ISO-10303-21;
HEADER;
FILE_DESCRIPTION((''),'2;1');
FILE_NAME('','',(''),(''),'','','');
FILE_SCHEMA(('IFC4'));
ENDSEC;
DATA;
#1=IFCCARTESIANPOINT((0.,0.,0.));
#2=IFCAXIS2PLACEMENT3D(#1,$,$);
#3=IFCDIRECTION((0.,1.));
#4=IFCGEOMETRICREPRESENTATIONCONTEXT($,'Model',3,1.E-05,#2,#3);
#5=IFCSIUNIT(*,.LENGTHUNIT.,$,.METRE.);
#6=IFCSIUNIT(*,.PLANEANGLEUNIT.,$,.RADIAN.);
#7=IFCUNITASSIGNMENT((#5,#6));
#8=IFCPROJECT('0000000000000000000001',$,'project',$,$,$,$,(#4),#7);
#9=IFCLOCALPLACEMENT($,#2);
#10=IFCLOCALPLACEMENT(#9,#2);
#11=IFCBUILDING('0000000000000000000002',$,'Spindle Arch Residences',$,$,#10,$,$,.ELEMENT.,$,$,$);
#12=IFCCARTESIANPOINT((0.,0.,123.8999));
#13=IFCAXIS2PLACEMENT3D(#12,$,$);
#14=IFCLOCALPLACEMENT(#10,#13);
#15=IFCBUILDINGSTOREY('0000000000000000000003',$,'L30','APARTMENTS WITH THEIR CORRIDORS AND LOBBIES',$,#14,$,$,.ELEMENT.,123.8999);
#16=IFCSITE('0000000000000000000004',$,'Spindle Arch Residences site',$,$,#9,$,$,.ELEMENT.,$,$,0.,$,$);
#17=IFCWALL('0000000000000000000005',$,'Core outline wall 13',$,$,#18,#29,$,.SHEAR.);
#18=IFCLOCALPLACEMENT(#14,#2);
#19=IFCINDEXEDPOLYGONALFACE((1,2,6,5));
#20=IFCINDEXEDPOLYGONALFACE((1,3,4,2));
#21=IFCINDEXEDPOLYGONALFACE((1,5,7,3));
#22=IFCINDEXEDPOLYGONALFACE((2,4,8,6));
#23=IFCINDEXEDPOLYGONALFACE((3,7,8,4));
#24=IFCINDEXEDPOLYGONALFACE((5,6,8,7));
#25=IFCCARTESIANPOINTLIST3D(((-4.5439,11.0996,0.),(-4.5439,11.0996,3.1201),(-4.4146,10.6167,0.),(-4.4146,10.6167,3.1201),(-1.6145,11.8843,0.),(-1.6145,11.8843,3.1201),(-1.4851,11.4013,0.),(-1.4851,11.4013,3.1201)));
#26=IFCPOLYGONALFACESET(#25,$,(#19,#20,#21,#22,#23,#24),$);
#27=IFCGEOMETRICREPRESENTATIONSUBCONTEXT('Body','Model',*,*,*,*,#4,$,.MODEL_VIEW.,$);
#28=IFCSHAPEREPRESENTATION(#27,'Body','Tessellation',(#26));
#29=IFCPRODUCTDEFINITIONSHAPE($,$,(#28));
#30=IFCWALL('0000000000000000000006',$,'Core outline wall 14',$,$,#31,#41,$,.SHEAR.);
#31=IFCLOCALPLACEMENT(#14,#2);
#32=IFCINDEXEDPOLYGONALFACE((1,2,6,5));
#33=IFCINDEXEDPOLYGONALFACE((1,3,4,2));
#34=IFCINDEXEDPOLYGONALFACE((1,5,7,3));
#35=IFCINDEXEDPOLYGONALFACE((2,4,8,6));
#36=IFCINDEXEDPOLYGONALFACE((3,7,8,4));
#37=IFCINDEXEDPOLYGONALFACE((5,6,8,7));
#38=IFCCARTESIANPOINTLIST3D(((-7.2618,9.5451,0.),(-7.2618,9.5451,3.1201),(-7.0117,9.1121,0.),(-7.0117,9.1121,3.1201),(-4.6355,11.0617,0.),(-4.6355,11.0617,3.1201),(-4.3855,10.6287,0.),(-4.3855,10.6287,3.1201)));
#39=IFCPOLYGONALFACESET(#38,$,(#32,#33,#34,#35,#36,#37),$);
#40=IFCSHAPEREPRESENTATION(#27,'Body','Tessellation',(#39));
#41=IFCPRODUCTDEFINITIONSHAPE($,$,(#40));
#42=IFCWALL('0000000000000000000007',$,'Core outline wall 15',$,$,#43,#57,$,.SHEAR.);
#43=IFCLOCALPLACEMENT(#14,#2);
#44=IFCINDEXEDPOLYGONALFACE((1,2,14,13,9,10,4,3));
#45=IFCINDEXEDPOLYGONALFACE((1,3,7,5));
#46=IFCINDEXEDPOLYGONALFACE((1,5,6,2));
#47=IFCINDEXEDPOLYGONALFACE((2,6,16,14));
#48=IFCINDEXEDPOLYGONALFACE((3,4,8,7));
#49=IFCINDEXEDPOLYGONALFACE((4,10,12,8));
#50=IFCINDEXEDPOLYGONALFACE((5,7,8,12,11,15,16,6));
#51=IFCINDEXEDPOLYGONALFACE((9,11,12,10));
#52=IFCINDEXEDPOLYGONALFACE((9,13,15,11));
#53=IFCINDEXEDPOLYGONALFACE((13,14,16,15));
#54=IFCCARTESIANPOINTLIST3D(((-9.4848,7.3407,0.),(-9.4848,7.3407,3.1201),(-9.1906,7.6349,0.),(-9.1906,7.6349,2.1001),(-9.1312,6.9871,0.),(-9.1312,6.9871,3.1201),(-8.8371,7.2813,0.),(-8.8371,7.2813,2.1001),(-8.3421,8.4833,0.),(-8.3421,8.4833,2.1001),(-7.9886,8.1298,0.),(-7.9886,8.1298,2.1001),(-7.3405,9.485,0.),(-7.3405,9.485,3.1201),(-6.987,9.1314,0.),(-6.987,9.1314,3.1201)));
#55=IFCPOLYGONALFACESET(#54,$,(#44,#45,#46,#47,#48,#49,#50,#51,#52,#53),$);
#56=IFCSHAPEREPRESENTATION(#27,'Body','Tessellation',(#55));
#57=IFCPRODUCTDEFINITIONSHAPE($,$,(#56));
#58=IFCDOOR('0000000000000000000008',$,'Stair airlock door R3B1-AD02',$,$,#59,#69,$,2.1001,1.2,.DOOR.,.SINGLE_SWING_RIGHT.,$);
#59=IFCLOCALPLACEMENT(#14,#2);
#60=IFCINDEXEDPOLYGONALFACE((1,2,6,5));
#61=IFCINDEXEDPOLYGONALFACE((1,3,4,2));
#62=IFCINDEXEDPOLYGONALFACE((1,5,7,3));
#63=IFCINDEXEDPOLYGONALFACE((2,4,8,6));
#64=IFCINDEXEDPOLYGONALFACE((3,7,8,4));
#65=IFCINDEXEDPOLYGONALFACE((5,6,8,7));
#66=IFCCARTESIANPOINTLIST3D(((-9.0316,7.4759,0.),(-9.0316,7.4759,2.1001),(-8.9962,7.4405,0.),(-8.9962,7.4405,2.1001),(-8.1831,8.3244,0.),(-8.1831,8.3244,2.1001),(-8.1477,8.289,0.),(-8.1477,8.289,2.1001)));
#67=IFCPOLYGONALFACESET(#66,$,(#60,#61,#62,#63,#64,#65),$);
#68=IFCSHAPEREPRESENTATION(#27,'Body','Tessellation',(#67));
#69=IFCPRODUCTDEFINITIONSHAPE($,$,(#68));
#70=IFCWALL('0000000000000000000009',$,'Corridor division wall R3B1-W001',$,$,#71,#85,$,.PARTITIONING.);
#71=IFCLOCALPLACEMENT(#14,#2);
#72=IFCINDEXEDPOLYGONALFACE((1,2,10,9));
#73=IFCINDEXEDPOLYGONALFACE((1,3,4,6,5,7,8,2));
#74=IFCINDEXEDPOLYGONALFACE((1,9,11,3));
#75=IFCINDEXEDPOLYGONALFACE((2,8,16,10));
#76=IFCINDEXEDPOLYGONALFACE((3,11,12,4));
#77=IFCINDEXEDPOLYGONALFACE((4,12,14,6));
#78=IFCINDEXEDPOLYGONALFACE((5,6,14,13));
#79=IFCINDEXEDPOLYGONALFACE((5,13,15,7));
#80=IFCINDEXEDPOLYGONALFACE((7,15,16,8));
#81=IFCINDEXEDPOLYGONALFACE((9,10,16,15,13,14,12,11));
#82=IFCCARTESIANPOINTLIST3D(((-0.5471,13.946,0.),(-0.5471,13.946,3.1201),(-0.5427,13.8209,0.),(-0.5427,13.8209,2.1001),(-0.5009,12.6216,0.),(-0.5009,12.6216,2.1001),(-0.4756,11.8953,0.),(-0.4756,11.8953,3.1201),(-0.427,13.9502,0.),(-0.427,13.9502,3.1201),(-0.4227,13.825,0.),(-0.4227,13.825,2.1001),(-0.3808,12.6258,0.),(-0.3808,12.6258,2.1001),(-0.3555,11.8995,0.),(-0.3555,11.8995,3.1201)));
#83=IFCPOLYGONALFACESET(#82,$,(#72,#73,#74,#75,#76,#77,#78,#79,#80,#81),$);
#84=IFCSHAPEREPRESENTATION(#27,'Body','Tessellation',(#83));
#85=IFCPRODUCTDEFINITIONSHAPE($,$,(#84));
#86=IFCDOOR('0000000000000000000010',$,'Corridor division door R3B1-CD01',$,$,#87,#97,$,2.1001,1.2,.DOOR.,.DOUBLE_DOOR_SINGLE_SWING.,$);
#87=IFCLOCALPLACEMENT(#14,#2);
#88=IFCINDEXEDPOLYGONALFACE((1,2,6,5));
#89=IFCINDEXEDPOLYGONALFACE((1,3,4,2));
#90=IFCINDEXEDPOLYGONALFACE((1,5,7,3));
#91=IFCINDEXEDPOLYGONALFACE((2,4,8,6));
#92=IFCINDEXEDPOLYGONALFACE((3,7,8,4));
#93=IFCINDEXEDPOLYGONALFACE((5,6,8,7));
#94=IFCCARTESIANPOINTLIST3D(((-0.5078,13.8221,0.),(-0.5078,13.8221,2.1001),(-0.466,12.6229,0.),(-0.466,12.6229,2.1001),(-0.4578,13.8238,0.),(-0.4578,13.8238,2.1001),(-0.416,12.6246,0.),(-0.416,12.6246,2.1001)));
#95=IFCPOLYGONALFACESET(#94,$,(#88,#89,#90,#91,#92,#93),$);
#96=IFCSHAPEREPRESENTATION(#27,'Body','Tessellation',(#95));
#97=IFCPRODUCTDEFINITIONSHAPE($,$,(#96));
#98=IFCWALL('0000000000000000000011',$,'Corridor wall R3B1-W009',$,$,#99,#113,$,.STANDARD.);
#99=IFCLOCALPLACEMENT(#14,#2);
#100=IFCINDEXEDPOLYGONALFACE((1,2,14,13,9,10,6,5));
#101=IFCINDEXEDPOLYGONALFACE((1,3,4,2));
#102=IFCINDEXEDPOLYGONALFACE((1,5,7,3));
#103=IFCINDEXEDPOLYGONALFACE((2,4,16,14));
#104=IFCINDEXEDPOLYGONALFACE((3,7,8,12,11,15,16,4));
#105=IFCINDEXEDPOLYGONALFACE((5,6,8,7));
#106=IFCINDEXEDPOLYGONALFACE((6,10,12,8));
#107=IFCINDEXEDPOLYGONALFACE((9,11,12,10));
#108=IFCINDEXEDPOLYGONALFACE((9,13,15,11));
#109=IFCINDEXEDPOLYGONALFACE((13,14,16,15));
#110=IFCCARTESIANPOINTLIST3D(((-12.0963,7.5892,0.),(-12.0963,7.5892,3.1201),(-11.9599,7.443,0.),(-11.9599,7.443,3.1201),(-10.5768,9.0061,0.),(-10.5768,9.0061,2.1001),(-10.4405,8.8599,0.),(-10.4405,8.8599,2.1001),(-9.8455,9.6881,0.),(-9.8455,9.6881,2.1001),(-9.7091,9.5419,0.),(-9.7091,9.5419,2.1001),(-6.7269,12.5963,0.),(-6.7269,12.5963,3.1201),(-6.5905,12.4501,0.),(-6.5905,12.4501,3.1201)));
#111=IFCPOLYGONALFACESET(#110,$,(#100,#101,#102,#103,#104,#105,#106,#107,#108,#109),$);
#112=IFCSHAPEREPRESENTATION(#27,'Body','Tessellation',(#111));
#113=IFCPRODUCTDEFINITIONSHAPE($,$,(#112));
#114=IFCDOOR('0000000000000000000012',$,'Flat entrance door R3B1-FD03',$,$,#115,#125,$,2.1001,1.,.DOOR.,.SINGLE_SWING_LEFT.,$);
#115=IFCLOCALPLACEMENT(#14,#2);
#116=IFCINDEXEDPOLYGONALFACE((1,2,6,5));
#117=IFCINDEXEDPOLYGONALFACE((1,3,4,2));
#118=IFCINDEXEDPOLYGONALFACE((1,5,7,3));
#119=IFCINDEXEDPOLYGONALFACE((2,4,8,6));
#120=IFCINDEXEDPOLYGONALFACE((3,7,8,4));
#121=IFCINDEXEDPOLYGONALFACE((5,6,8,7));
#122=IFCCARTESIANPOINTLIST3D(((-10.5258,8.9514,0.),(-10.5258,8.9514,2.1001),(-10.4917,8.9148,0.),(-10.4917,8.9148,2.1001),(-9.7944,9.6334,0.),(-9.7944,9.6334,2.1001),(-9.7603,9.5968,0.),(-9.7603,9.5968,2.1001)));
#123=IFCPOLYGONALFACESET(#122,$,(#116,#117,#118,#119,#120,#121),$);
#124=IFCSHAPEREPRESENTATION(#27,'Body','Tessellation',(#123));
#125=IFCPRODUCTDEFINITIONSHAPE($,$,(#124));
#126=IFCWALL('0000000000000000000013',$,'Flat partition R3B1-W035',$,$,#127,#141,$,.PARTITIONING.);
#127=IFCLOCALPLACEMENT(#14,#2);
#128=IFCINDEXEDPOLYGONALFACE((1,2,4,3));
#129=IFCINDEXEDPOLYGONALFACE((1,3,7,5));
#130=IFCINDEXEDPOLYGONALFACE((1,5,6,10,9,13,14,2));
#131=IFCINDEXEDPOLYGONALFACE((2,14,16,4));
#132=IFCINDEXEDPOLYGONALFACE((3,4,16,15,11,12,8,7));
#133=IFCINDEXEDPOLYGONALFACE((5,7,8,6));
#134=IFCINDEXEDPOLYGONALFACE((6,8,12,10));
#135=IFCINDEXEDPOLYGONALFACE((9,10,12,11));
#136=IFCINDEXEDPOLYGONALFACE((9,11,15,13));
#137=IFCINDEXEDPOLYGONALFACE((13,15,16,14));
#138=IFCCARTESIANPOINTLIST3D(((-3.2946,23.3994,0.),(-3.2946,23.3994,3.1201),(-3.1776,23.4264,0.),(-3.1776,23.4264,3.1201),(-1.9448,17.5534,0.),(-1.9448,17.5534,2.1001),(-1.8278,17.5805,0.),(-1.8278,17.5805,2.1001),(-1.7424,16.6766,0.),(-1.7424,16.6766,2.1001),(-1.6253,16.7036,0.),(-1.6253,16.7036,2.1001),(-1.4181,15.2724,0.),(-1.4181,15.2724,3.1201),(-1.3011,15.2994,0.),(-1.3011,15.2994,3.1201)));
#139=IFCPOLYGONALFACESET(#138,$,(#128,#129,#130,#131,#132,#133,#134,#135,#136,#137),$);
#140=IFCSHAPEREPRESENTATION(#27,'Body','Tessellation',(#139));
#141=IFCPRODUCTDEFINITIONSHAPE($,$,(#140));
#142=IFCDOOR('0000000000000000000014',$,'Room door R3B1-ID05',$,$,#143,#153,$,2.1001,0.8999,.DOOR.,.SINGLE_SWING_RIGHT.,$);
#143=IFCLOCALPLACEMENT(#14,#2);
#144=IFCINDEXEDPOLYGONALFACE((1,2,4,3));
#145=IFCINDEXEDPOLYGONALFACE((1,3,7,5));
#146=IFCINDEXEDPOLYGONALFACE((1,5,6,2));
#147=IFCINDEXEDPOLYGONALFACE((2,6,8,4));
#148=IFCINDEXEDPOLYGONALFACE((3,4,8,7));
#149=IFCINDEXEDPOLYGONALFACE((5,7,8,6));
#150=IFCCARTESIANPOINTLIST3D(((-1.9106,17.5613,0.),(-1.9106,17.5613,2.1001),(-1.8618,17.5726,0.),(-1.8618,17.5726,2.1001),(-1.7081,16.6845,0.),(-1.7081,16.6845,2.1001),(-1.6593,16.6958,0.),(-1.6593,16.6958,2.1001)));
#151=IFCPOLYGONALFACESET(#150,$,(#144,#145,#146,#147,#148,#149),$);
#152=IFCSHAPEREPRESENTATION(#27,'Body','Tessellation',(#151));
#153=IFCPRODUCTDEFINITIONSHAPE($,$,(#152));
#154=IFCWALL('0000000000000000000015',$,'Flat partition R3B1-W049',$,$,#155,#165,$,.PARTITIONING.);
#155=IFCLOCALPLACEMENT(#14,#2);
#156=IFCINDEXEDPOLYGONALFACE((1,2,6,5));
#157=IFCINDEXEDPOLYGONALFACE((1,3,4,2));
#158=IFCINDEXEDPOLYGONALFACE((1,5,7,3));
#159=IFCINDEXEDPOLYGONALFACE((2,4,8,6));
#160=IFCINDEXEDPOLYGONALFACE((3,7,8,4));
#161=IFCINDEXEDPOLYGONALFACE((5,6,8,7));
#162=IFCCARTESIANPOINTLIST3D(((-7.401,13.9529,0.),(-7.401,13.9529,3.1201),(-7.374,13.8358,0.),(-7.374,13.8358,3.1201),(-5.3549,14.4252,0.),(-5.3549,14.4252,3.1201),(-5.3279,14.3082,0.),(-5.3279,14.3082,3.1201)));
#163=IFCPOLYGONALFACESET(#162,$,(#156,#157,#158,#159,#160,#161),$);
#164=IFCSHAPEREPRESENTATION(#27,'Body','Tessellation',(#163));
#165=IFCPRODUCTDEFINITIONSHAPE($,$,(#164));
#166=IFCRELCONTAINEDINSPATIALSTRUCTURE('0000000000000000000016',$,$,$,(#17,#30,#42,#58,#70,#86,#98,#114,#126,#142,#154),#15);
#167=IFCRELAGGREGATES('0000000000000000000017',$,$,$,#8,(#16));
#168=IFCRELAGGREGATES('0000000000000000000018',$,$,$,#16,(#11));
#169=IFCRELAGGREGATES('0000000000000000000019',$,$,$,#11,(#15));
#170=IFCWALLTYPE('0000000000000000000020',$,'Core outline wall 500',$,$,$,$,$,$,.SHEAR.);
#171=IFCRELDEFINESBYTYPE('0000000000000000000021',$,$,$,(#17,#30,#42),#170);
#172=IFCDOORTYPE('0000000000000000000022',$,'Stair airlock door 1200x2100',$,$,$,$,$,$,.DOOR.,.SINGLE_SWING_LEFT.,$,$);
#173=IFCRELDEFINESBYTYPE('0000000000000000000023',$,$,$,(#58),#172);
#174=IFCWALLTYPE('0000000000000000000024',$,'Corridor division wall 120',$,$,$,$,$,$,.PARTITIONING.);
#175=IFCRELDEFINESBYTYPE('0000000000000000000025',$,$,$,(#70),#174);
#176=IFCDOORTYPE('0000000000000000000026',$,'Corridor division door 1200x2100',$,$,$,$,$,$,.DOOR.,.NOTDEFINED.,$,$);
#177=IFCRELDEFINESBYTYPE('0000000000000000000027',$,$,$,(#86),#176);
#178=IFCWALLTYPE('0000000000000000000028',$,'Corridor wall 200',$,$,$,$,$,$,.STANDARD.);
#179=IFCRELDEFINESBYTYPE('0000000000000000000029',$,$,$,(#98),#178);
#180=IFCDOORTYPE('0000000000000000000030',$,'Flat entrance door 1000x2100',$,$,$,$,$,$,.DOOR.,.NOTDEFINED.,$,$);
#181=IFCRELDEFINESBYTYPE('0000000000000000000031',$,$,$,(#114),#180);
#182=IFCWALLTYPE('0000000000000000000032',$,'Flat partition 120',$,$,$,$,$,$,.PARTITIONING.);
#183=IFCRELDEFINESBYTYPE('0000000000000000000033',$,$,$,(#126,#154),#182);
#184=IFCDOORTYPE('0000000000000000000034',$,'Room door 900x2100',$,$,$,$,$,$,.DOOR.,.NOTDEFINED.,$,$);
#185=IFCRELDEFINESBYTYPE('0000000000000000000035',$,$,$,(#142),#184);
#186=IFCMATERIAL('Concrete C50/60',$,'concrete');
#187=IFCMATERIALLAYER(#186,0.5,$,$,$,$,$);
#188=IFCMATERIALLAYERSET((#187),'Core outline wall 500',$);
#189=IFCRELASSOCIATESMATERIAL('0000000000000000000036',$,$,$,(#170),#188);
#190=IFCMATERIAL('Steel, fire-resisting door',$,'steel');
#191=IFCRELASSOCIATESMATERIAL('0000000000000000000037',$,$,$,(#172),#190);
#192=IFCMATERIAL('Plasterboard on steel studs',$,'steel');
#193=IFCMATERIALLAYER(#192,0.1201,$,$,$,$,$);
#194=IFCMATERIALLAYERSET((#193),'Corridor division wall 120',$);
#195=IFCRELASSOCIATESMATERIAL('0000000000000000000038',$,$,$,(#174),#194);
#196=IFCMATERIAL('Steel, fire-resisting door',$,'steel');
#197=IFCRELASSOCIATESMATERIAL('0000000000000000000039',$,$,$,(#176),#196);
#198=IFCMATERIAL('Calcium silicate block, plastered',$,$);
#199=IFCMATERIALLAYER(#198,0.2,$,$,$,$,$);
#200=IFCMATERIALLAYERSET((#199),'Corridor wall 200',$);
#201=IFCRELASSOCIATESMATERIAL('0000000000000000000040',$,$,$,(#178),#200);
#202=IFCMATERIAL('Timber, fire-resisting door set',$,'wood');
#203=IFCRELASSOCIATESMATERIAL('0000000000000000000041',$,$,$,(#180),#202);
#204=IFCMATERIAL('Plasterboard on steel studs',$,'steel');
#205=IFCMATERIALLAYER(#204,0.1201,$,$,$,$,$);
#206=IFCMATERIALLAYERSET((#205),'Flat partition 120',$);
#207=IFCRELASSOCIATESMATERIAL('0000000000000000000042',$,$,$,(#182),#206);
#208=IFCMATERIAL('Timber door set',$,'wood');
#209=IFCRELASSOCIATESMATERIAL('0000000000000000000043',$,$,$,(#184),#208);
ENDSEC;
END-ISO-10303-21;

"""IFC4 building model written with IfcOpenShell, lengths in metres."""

from ifc_helpers import new_model, si_unit, direction, frame, frame_2d, origin, place, context, subcontext, project, spatial, rectangle, extrude, material, layer, layer_set, type_object, element, fill, save


model = new_model("IFC4")

# Units and contexts
model_context = context("Model", 3, precision=1e-05, world=origin(), true_north=direction((0.0, 1.0)))
body_context = subcontext(model_context, "Body", "Model", "MODEL_VIEW")
ifc_project = project(units=[si_unit("LENGTHUNIT", "METRE"), si_unit("PLANEANGLEUNIT", "RADIAN")], contexts=[model_context])

# Site, building, storey
site_placement = place(None, origin())
site = spatial("IfcSite", under=ifc_project, at=site_placement, Name="Spindle Arch Residences site", CompositionType="ELEMENT", RefElevation=0.0)
building_placement = place(site_placement, origin())
building = spatial("IfcBuilding", under=site, at=building_placement, Name="Spindle Arch Residences", CompositionType="ELEMENT")
storey_placement = place(building_placement, frame((0.0, 0.0, 123.8999)))
storey = spatial("IfcBuildingStorey", under=building, at=storey_placement, Name="L30", Description="APARTMENTS WITH THEIR CORRIDORS AND LOBBIES", CompositionType="ELEMENT", Elevation=123.8999)

# Walls
ifc_material_1 = material(Name="Concrete C50/60", Category="concrete")
ifc_layer_1 = layer(ifc_material_1, 0.5)
ifc_layer_set_1 = layer_set([ifc_layer_1], Name="Core outline wall 500")
wall_type_1 = type_object("IfcWallType", Name="Core outline wall 500", PredefinedType="SHEAR", material=ifc_layer_set_1)
for number, where, z_axis, x_axis, name in (
    (1, (-1.5498, 11.6428, 0.0), (0.0, 0.0, 1.0), (-0.965948, -0.258735, 0.0), "Core outline wall 13"),
    (2, (-4.5105, 10.8452, 0.0), (0.0, 0.0, 1.0), (-0.865975, -0.500087, 0.0), "Core outline wall 14"),
):
    element("IfcWall", number, at=place(storey_placement, frame(where, z_axis=z_axis, x_axis=x_axis)), inside=storey, type_object=wall_type_1, Name=name, PredefinedType="SHEAR", context=body_context, shape_type="SweptSolid", body=[
        extrude(rectangle(XDim=3.0327, YDim=0.5, at=frame_2d((1.5164, 0.0))), origin(), (0.0, 0.0, 1.0), 3.1201),
    ])

# Walls, openings, doors
wall_1_placement = place(storey_placement, frame((-7.1638, 9.3081, 0.0), z_axis=(0.0, 0.0, 1.0), x_axis=(-0.707107, -0.707107, 0.0)))
wall_1 = element("IfcWall", 3, at=wall_1_placement, inside=storey, type_object=wall_type_1, Name="Core outline wall 15", PredefinedType="SHEAR", context=body_context, shape_type="SweptSolid", body=[
    extrude(rectangle(XDim=3.0325, YDim=0.5, at=frame_2d((1.5161, 0.0))), origin(), (0.0, 0.0, 1.0), 3.1201),
])
opening_1_placement = place(wall_1_placement, frame((1.4163, 0.0, 0.0)))
opening_1 = element("IfcOpeningElement", 4, at=opening_1_placement, cuts=wall_1, PredefinedType="OPENING", context=body_context, shape_type="SweptSolid", body=[
    extrude(rectangle(XDim=1.2, YDim=2.1001, at=frame_2d((0.6001, 1.05))), frame((0.0, 0.26, 0.0), z_axis=(0.0, -1.0, 0.0), x_axis=(1.0, 0.0, 0.0)), (0.0, 0.0, 1.0), 0.52),
])
ifc_material_2 = material(Name="Steel, fire-resisting door", Category="steel")
door_type_1 = type_object("IfcDoorType", Name="Stair airlock door 1200x2100", OperationType="SINGLE_SWING_LEFT", PredefinedType="DOOR", material=ifc_material_2)
door_1_placement = place(opening_1_placement, origin())
door_1 = element("IfcDoor", 5, at=door_1_placement, inside=storey, type_object=door_type_1, Name="Stair airlock door R3B1-AD02", OperationType="SINGLE_SWING_RIGHT", OverallHeight=2.1001, OverallWidth=1.2, PredefinedType="DOOR", context=body_context, shape_type="SweptSolid", body=[
    extrude(rectangle(XDim=1.2, YDim=2.1001, at=frame_2d((0.6001, 1.05))), frame((0.0, 0.0249, 0.0), z_axis=(0.0, -1.0, 0.0), x_axis=(1.0, 0.0, 0.0)), (0.0, 0.0, 1.0), 0.05),
])
fill(opening_1, door_1)
ifc_material_3 = material(Name="Plasterboard on steel studs", Category="steel")
ifc_layer_2 = layer(ifc_material_3, 0.1201)
ifc_layer_set_2 = layer_set([ifc_layer_2], Name="Corridor division wall 120")
wall_type_2 = type_object("IfcWallType", Name="Corridor division wall 120", PredefinedType="PARTITIONING", material=ifc_layer_set_2)
wall_2_placement = place(storey_placement, frame((-0.4871, 13.948, 0.0), z_axis=(0.0, 0.0, 1.0), x_axis=(0.03486, -0.999392, 0.0)))
wall_2 = element("IfcWall", 6, at=wall_2_placement, inside=storey, type_object=wall_type_2, Name="Corridor division wall R3B1-W001", PredefinedType="PARTITIONING", context=body_context, shape_type="SweptSolid", body=[
    extrude(rectangle(XDim=2.052, YDim=0.1201, at=frame_2d((1.0259, 0.0))), origin(), (0.0, 0.0, 1.0), 3.1201),
])
opening_2_placement = place(wall_2_placement, frame((0.125, 0.0, 0.0)))
opening_2 = element("IfcOpeningElement", 7, at=opening_2_placement, cuts=wall_2, PredefinedType="OPENING", context=body_context, shape_type="SweptSolid", body=[
    extrude(rectangle(XDim=1.2, YDim=2.1001, at=frame_2d((0.6001, 1.05))), frame((0.0, 0.0701, 0.0), z_axis=(0.0, -1.0, 0.0), x_axis=(1.0, 0.0, 0.0)), (0.0, 0.0, 1.0), 0.1401),
])
ifc_material_4 = material(Name="Steel, fire-resisting door", Category="steel")
door_type_2 = type_object("IfcDoorType", Name="Corridor division door 1200x2100", OperationType="NOTDEFINED", PredefinedType="DOOR", material=ifc_material_4)
door_2_placement = place(opening_2_placement, origin())
door_2 = element("IfcDoor", 8, at=door_2_placement, inside=storey, type_object=door_type_2, Name="Corridor division door R3B1-CD01", OperationType="DOUBLE_DOOR_SINGLE_SWING", OverallHeight=2.1001, OverallWidth=1.2, PredefinedType="DOOR", context=body_context, shape_type="SweptSolid", body=[
    extrude(rectangle(XDim=1.2, YDim=2.1001, at=frame_2d((0.6001, 1.05))), frame((0.0, 0.0249, 0.0), z_axis=(0.0, -1.0, 0.0), x_axis=(1.0, 0.0, 0.0)), (0.0, 0.0, 1.0), 0.05),
])
fill(opening_2, door_2)
ifc_material_5 = material(Name="Calcium silicate block, plastered")
ifc_layer_3 = layer(ifc_material_5, 0.2)
ifc_layer_set_3 = layer_set([ifc_layer_3], Name="Corridor wall 200")
wall_type_3 = type_object("IfcWallType", Name="Corridor wall 200", PredefinedType="STANDARD", material=ifc_layer_set_3)
wall_3_placement = place(storey_placement, frame((-6.6587, 12.5232, 0.0), z_axis=(0.0, 0.0, 1.0), x_axis=(-0.73135, -0.682002, 0.0)))
wall_3 = element("IfcWall", 9, at=wall_3_placement, inside=storey, type_object=wall_type_3, Name="Corridor wall R3B1-W009", PredefinedType="STANDARD", context=body_context, shape_type="SweptSolid", body=[
    extrude(rectangle(XDim=7.3418, YDim=0.2, at=frame_2d((3.6709, 0.0))), origin(), (0.0, 0.0, 1.0), 3.1201),
])
opening_3_placement = place(wall_3_placement, frame((4.2642, 0.0, 0.0)))
opening_3 = element("IfcOpeningElement", 10, at=opening_3_placement, cuts=wall_3, PredefinedType="OPENING", context=body_context, shape_type="SweptSolid", body=[
    extrude(rectangle(XDim=1.0, YDim=2.1001, at=frame_2d((0.5, 1.05))), frame((0.0, 0.1099, 0.0), z_axis=(0.0, -1.0, 0.0), x_axis=(1.0, 0.0, 0.0)), (0.0, 0.0, 1.0), 0.22),
])
ifc_material_6 = material(Name="Timber, fire-resisting door set", Category="wood")
door_type_3 = type_object("IfcDoorType", Name="Flat entrance door 1000x2100", OperationType="NOTDEFINED", PredefinedType="DOOR", material=ifc_material_6)
door_3_placement = place(opening_3_placement, origin())
door_3 = element("IfcDoor", 11, at=door_3_placement, inside=storey, type_object=door_type_3, Name="Flat entrance door R3B1-FD03", OperationType="SINGLE_SWING_LEFT", OverallHeight=2.1001, OverallWidth=1.0, PredefinedType="DOOR", context=body_context, shape_type="SweptSolid", body=[
    extrude(rectangle(XDim=1.0, YDim=2.1001, at=frame_2d((0.5, 1.05))), frame((0.0, 0.0249, 0.0), z_axis=(0.0, -1.0, 0.0), x_axis=(1.0, 0.0, 0.0)), (0.0, 0.0, 1.0), 0.05),
])
fill(opening_3, door_3)
ifc_material_7 = material(Name="Plasterboard on steel studs", Category="steel")
ifc_layer_4 = layer(ifc_material_7, 0.1201)
ifc_layer_set_4 = layer_set([ifc_layer_4], Name="Flat partition 120")
wall_type_4 = type_object("IfcWallType", Name="Flat partition 120", PredefinedType="PARTITIONING", material=ifc_layer_set_4)
wall_4_placement = place(storey_placement, frame((-1.3596, 15.2859, 0.0), z_axis=(0.0, 0.0, 1.0), x_axis=(-0.224975, 0.974365, 0.0)))
wall_4 = element("IfcWall", 12, at=wall_4_placement, inside=storey, type_object=wall_type_4, Name="Flat partition R3B1-W035", PredefinedType="PARTITIONING", context=body_context, shape_type="SweptSolid", body=[
    extrude(rectangle(XDim=8.3408, YDim=0.1201, at=frame_2d((4.1704, 0.0))), origin(), (0.0, 0.0, 1.0), 3.1201),
])
opening_4_placement = place(wall_4_placement, frame((1.4412, 0.0, 0.0)))
opening_4 = element("IfcOpeningElement", 13, at=opening_4_placement, cuts=wall_4, PredefinedType="OPENING", context=body_context, shape_type="SweptSolid", body=[
    extrude(rectangle(XDim=0.8999, YDim=2.1001, at=frame_2d((0.45, 1.05))), frame((0.0, 0.0701, 0.0), z_axis=(0.0, -1.0, 0.0), x_axis=(1.0, 0.0, 0.0)), (0.0, 0.0, 1.0), 0.1401),
])
ifc_material_8 = material(Name="Timber door set", Category="wood")
door_type_4 = type_object("IfcDoorType", Name="Room door 900x2100", OperationType="NOTDEFINED", PredefinedType="DOOR", material=ifc_material_8)
door_4_placement = place(opening_4_placement, origin())
door_4 = element("IfcDoor", 14, at=door_4_placement, inside=storey, type_object=door_type_4, Name="Room door R3B1-ID05", OperationType="SINGLE_SWING_RIGHT", OverallHeight=2.1001, OverallWidth=0.8999, PredefinedType="DOOR", context=body_context, shape_type="SweptSolid", body=[
    extrude(rectangle(XDim=0.8999, YDim=2.1001, at=frame_2d((0.45, 1.05))), frame((0.0, 0.0249, 0.0), z_axis=(0.0, -1.0, 0.0), x_axis=(1.0, 0.0, 0.0)), (0.0, 0.0, 1.0), 0.05),
])
fill(opening_4, door_4)

# Wall
wall_5_placement = place(storey_placement, frame((-5.3416, 14.3667, 0.0), z_axis=(0.0, 0.0, 1.0), x_axis=(-0.974368, -0.224961, 0.0)))
element("IfcWall", 15, at=wall_5_placement, inside=storey, type_object=wall_type_4, Name="Flat partition R3B1-W049", PredefinedType="PARTITIONING", context=body_context, shape_type="SweptSolid", body=[
    extrude(rectangle(XDim=2.0999, YDim=0.1201, at=frame_2d((1.0498, 0.0))), origin(), (0.0, 0.0, 1.0), 3.1201),
])

save(model, "model.ifc")
